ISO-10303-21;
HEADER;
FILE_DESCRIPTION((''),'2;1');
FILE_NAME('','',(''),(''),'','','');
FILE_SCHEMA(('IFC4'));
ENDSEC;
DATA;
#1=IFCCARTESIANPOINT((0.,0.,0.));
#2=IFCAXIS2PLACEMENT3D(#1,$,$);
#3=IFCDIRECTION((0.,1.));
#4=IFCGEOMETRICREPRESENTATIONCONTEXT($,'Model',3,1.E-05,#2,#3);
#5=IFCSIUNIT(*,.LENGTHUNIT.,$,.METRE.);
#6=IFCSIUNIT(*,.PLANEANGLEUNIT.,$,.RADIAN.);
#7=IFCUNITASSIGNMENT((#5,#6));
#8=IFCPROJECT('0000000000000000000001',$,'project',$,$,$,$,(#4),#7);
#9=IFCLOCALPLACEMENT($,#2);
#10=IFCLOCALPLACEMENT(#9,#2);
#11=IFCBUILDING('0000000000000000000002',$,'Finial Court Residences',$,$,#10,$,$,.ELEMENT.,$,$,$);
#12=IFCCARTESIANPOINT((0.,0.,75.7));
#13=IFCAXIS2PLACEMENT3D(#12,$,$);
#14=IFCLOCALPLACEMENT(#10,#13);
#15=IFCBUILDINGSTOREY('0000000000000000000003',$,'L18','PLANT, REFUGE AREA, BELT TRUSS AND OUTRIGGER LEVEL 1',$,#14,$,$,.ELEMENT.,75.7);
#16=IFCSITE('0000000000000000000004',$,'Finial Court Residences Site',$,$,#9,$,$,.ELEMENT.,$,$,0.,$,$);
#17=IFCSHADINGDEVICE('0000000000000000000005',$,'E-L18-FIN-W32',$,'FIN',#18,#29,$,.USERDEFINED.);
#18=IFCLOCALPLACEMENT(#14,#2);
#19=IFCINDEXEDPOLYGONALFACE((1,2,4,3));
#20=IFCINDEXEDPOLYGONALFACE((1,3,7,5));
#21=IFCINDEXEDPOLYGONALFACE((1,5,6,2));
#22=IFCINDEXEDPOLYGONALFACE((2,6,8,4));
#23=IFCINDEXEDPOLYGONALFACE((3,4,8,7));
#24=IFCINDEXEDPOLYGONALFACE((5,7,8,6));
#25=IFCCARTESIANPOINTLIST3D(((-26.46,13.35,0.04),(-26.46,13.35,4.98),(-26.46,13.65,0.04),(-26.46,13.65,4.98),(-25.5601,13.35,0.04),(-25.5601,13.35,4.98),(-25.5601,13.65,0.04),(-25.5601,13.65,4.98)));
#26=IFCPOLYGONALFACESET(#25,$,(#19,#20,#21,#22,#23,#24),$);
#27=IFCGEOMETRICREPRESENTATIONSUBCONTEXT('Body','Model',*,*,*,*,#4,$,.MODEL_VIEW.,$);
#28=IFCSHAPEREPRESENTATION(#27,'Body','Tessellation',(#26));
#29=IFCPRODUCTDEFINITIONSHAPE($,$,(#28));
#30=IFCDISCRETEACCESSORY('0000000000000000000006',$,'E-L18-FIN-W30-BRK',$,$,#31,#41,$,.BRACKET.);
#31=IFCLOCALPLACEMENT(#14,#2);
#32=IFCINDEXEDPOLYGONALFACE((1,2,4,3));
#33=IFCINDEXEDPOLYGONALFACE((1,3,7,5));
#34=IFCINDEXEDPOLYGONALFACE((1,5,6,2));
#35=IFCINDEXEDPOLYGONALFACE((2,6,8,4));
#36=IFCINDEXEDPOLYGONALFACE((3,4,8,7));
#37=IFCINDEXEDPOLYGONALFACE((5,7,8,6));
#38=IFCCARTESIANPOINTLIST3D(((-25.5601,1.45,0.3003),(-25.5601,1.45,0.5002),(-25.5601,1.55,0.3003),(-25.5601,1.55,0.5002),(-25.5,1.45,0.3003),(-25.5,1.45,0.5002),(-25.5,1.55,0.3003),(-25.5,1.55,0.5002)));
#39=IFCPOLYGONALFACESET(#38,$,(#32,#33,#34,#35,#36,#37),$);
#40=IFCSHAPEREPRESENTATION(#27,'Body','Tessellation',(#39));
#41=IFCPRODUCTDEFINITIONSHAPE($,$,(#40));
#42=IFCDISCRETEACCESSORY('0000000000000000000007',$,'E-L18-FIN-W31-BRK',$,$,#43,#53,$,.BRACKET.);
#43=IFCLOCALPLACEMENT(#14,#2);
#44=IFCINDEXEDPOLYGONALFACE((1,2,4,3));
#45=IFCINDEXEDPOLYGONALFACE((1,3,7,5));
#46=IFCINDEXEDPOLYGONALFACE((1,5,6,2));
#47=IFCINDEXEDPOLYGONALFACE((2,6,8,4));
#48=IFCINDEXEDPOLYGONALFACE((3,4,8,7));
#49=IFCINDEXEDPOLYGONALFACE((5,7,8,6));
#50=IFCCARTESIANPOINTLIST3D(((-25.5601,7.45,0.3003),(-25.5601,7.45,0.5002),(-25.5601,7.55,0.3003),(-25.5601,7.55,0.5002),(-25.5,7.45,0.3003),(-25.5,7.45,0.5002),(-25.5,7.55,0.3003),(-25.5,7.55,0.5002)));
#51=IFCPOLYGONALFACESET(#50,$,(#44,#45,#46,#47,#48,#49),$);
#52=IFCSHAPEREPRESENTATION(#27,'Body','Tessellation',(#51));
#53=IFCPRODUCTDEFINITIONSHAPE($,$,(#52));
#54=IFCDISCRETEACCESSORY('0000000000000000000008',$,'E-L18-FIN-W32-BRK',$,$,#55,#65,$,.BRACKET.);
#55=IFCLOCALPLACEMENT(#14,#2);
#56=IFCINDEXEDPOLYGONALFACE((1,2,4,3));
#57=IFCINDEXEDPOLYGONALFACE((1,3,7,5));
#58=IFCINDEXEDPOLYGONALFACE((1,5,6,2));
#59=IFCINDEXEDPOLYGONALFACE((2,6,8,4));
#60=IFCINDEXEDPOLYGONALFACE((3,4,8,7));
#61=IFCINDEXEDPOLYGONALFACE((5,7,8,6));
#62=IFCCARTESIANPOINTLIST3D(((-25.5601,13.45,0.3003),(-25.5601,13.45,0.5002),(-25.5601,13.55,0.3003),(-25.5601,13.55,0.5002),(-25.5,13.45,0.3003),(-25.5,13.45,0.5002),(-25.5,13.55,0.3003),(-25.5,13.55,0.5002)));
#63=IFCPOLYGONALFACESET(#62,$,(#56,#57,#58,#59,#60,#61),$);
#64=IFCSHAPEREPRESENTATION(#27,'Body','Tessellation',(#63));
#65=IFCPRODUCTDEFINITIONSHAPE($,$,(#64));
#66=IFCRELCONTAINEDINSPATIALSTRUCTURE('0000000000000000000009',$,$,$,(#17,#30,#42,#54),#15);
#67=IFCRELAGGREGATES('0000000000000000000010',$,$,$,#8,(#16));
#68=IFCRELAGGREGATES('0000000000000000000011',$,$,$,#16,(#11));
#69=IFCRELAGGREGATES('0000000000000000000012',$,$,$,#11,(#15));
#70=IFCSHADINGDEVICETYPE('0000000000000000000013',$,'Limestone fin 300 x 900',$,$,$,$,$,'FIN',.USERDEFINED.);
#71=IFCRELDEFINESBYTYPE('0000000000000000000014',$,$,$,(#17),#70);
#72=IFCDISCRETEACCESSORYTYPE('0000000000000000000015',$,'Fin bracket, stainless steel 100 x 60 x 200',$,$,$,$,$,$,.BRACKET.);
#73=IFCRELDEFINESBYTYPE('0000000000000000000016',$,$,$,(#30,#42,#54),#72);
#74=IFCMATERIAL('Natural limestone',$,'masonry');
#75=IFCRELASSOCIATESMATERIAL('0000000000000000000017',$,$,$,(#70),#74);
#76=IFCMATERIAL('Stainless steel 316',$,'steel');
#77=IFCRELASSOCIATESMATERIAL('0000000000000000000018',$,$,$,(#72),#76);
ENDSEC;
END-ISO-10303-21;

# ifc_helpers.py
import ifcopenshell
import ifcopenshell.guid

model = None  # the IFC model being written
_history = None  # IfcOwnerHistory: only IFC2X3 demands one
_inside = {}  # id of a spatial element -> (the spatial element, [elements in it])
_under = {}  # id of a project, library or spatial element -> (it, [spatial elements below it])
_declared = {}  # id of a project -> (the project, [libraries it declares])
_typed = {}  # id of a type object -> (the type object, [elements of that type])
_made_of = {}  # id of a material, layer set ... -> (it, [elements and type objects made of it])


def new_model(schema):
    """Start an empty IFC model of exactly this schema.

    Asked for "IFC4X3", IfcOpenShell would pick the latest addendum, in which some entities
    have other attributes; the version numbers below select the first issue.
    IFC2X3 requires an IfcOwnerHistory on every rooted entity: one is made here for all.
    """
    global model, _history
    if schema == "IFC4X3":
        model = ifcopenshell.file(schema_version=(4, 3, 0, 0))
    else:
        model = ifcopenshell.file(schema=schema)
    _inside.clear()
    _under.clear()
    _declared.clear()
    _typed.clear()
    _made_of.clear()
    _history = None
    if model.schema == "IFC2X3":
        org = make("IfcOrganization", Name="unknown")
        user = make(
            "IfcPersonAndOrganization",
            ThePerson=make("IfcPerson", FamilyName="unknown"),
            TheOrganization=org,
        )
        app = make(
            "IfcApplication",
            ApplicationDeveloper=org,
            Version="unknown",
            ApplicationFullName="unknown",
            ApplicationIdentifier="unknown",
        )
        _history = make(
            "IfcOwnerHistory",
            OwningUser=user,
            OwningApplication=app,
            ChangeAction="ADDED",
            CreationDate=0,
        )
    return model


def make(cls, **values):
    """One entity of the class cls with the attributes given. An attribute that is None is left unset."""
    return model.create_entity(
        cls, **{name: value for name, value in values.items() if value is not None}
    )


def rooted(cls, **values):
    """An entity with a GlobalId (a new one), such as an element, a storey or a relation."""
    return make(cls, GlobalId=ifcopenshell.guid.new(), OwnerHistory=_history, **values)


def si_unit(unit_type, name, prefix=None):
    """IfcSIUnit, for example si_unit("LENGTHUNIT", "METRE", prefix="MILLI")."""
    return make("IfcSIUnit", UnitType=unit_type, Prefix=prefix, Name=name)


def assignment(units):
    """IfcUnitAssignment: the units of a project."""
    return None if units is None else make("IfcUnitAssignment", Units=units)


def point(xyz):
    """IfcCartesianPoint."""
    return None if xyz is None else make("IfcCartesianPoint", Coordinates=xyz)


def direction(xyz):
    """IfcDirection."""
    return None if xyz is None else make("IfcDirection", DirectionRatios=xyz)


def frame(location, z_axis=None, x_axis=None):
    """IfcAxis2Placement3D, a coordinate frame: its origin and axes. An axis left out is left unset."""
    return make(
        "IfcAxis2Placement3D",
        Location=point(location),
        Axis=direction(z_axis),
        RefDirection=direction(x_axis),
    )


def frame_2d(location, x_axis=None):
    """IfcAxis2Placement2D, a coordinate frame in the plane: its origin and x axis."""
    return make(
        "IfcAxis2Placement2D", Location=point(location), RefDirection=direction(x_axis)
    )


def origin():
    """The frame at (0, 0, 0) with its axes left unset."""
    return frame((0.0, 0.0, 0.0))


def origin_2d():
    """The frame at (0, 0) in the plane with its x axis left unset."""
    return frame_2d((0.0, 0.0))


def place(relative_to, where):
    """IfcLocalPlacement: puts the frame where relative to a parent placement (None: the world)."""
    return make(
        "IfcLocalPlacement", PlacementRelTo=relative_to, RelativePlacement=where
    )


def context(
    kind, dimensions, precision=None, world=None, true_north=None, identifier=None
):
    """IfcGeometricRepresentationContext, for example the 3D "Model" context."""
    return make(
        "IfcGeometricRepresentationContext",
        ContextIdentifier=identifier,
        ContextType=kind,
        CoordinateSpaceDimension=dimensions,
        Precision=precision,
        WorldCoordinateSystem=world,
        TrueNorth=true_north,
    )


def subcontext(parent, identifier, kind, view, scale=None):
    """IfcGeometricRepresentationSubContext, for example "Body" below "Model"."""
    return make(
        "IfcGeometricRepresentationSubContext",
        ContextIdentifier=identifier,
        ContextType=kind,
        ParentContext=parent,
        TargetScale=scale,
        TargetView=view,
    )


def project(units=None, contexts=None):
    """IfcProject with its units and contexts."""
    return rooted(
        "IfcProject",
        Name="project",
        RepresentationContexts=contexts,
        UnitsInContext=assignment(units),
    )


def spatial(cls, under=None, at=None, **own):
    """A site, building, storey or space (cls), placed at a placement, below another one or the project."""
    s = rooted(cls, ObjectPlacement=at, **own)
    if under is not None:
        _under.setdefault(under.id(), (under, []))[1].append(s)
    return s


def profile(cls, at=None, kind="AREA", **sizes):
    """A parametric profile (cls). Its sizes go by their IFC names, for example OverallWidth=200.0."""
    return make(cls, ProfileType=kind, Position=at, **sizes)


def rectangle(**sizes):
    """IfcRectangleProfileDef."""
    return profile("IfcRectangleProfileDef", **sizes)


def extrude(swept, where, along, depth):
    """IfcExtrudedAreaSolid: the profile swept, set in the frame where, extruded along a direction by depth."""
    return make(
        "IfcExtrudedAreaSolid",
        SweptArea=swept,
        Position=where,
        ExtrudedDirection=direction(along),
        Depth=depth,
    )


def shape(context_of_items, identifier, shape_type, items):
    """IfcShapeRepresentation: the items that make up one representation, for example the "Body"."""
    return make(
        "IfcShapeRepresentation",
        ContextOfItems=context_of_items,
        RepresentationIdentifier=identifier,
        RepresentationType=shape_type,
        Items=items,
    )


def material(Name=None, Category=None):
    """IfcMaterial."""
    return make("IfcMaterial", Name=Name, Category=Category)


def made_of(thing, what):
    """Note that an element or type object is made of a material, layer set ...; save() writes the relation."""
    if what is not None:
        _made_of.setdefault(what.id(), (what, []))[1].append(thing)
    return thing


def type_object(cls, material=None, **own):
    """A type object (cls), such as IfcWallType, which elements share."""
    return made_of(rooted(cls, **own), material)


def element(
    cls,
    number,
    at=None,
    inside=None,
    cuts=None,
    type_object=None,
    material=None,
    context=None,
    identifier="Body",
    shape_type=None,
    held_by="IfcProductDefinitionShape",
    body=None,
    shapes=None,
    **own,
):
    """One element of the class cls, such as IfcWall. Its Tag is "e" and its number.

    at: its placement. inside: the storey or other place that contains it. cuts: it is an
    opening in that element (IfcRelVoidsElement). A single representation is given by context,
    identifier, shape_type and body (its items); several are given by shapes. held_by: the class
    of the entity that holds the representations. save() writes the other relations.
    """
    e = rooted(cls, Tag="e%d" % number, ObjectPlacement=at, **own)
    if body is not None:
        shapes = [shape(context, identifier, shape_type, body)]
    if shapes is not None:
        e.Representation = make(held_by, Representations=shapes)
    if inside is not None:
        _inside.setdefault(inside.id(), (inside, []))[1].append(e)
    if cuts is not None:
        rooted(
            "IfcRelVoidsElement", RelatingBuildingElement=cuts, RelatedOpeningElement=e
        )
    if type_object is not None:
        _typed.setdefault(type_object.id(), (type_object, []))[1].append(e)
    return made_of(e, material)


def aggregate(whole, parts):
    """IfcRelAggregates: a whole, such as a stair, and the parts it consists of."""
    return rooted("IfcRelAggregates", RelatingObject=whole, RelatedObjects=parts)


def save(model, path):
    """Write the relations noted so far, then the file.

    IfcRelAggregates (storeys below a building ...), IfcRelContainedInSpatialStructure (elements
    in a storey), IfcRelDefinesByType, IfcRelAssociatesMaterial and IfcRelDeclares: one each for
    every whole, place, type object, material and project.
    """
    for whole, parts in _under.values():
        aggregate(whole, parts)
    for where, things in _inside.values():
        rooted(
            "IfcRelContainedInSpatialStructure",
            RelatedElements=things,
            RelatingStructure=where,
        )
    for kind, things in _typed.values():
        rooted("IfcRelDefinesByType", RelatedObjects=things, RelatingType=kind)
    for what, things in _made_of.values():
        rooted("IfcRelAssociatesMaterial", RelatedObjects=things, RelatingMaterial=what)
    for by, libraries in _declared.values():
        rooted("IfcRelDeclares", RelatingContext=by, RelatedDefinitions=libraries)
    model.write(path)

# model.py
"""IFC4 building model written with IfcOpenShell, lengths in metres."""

from ifc_helpers import new_model, si_unit, direction, frame, origin, origin_2d, place, context, subcontext, project, spatial, rectangle, extrude, material, type_object, element, save


model = new_model("IFC4")

# Units and contexts
model_context = context("Model", 3, precision=1e-05, world=origin(), true_north=direction((0.0, 1.0)))
body_context = subcontext(model_context, "Body", "Model", "MODEL_VIEW")
ifc_project = project(units=[si_unit("LENGTHUNIT", "METRE"), si_unit("PLANEANGLEUNIT", "RADIAN")], contexts=[model_context])

# Site, building, storey
site_placement = place(None, origin())
site = spatial("IfcSite", under=ifc_project, at=site_placement, Name="Finial Court Residences Site", CompositionType="ELEMENT", RefElevation=0.0)
building_placement = place(site_placement, origin())
building = spatial("IfcBuilding", under=site, at=building_placement, Name="Finial Court Residences", CompositionType="ELEMENT")
storey_placement = place(building_placement, frame((0.0, 0.0, 75.7)))
storey = spatial("IfcBuildingStorey", under=building, at=storey_placement, Name="L18", Description="PLANT, REFUGE AREA, BELT TRUSS AND OUTRIGGER LEVEL 1", CompositionType="ELEMENT", Elevation=75.7)

# Shading device
ifc_material_1 = material(Name="Natural limestone", Category="masonry")
shading_device_type = type_object("IfcShadingDeviceType", Name="Limestone fin 300 x 900", ElementType="FIN", PredefinedType="USERDEFINED", material=ifc_material_1)
for number, where, z_axis, x_axis, name in (
    (1, (-26.01, 13.5, 0.04), (0.0, 0.0, 1.0), (1.0, 0.0, 0.0), "E-L18-FIN-W32"),
):
    element("IfcShadingDevice", number, at=place(storey_placement, frame(where, z_axis=z_axis, x_axis=x_axis)), inside=storey, type_object=shading_device_type, Name=name, ObjectType="FIN", PredefinedType="USERDEFINED", context=body_context, shape_type="SweptSolid", body=[
        extrude(rectangle(XDim=0.8999, YDim=0.3, at=origin_2d()), origin(), (0.0, 0.0, 1.0), 4.9399),
    ])

# Discrete accessories
ifc_material_2 = material(Name="Stainless steel 316", Category="steel")
discrete_accessory_type = type_object("IfcDiscreteAccessoryType", Name="Fin bracket, stainless steel 100 x 60 x 200", PredefinedType="BRACKET", material=ifc_material_2)
for number, where, z_axis, x_axis, name in (
    (2, (-25.53, 1.5, 0.3003), (0.0, 0.0, 1.0), (1.0, 0.0, 0.0), "E-L18-FIN-W30-BRK"),
    (3, (-25.53, 7.5, 0.3003), (0.0, 0.0, 1.0), (1.0, 0.0, 0.0), "E-L18-FIN-W31-BRK"),
    (4, (-25.53, 13.5, 0.3003), (0.0, 0.0, 1.0), (1.0, 0.0, 0.0), "E-L18-FIN-W32-BRK"),
):
    element("IfcDiscreteAccessory", number, at=place(storey_placement, frame(where, z_axis=z_axis, x_axis=x_axis)), inside=storey, type_object=discrete_accessory_type, Name=name, PredefinedType="BRACKET", context=body_context, shape_type="SweptSolid", body=[
        extrude(rectangle(XDim=0.0601, YDim=0.1001, at=origin_2d()), origin(), (0.0, 0.0, 1.0), 0.2),
    ])

save(model, "model.ifc")
